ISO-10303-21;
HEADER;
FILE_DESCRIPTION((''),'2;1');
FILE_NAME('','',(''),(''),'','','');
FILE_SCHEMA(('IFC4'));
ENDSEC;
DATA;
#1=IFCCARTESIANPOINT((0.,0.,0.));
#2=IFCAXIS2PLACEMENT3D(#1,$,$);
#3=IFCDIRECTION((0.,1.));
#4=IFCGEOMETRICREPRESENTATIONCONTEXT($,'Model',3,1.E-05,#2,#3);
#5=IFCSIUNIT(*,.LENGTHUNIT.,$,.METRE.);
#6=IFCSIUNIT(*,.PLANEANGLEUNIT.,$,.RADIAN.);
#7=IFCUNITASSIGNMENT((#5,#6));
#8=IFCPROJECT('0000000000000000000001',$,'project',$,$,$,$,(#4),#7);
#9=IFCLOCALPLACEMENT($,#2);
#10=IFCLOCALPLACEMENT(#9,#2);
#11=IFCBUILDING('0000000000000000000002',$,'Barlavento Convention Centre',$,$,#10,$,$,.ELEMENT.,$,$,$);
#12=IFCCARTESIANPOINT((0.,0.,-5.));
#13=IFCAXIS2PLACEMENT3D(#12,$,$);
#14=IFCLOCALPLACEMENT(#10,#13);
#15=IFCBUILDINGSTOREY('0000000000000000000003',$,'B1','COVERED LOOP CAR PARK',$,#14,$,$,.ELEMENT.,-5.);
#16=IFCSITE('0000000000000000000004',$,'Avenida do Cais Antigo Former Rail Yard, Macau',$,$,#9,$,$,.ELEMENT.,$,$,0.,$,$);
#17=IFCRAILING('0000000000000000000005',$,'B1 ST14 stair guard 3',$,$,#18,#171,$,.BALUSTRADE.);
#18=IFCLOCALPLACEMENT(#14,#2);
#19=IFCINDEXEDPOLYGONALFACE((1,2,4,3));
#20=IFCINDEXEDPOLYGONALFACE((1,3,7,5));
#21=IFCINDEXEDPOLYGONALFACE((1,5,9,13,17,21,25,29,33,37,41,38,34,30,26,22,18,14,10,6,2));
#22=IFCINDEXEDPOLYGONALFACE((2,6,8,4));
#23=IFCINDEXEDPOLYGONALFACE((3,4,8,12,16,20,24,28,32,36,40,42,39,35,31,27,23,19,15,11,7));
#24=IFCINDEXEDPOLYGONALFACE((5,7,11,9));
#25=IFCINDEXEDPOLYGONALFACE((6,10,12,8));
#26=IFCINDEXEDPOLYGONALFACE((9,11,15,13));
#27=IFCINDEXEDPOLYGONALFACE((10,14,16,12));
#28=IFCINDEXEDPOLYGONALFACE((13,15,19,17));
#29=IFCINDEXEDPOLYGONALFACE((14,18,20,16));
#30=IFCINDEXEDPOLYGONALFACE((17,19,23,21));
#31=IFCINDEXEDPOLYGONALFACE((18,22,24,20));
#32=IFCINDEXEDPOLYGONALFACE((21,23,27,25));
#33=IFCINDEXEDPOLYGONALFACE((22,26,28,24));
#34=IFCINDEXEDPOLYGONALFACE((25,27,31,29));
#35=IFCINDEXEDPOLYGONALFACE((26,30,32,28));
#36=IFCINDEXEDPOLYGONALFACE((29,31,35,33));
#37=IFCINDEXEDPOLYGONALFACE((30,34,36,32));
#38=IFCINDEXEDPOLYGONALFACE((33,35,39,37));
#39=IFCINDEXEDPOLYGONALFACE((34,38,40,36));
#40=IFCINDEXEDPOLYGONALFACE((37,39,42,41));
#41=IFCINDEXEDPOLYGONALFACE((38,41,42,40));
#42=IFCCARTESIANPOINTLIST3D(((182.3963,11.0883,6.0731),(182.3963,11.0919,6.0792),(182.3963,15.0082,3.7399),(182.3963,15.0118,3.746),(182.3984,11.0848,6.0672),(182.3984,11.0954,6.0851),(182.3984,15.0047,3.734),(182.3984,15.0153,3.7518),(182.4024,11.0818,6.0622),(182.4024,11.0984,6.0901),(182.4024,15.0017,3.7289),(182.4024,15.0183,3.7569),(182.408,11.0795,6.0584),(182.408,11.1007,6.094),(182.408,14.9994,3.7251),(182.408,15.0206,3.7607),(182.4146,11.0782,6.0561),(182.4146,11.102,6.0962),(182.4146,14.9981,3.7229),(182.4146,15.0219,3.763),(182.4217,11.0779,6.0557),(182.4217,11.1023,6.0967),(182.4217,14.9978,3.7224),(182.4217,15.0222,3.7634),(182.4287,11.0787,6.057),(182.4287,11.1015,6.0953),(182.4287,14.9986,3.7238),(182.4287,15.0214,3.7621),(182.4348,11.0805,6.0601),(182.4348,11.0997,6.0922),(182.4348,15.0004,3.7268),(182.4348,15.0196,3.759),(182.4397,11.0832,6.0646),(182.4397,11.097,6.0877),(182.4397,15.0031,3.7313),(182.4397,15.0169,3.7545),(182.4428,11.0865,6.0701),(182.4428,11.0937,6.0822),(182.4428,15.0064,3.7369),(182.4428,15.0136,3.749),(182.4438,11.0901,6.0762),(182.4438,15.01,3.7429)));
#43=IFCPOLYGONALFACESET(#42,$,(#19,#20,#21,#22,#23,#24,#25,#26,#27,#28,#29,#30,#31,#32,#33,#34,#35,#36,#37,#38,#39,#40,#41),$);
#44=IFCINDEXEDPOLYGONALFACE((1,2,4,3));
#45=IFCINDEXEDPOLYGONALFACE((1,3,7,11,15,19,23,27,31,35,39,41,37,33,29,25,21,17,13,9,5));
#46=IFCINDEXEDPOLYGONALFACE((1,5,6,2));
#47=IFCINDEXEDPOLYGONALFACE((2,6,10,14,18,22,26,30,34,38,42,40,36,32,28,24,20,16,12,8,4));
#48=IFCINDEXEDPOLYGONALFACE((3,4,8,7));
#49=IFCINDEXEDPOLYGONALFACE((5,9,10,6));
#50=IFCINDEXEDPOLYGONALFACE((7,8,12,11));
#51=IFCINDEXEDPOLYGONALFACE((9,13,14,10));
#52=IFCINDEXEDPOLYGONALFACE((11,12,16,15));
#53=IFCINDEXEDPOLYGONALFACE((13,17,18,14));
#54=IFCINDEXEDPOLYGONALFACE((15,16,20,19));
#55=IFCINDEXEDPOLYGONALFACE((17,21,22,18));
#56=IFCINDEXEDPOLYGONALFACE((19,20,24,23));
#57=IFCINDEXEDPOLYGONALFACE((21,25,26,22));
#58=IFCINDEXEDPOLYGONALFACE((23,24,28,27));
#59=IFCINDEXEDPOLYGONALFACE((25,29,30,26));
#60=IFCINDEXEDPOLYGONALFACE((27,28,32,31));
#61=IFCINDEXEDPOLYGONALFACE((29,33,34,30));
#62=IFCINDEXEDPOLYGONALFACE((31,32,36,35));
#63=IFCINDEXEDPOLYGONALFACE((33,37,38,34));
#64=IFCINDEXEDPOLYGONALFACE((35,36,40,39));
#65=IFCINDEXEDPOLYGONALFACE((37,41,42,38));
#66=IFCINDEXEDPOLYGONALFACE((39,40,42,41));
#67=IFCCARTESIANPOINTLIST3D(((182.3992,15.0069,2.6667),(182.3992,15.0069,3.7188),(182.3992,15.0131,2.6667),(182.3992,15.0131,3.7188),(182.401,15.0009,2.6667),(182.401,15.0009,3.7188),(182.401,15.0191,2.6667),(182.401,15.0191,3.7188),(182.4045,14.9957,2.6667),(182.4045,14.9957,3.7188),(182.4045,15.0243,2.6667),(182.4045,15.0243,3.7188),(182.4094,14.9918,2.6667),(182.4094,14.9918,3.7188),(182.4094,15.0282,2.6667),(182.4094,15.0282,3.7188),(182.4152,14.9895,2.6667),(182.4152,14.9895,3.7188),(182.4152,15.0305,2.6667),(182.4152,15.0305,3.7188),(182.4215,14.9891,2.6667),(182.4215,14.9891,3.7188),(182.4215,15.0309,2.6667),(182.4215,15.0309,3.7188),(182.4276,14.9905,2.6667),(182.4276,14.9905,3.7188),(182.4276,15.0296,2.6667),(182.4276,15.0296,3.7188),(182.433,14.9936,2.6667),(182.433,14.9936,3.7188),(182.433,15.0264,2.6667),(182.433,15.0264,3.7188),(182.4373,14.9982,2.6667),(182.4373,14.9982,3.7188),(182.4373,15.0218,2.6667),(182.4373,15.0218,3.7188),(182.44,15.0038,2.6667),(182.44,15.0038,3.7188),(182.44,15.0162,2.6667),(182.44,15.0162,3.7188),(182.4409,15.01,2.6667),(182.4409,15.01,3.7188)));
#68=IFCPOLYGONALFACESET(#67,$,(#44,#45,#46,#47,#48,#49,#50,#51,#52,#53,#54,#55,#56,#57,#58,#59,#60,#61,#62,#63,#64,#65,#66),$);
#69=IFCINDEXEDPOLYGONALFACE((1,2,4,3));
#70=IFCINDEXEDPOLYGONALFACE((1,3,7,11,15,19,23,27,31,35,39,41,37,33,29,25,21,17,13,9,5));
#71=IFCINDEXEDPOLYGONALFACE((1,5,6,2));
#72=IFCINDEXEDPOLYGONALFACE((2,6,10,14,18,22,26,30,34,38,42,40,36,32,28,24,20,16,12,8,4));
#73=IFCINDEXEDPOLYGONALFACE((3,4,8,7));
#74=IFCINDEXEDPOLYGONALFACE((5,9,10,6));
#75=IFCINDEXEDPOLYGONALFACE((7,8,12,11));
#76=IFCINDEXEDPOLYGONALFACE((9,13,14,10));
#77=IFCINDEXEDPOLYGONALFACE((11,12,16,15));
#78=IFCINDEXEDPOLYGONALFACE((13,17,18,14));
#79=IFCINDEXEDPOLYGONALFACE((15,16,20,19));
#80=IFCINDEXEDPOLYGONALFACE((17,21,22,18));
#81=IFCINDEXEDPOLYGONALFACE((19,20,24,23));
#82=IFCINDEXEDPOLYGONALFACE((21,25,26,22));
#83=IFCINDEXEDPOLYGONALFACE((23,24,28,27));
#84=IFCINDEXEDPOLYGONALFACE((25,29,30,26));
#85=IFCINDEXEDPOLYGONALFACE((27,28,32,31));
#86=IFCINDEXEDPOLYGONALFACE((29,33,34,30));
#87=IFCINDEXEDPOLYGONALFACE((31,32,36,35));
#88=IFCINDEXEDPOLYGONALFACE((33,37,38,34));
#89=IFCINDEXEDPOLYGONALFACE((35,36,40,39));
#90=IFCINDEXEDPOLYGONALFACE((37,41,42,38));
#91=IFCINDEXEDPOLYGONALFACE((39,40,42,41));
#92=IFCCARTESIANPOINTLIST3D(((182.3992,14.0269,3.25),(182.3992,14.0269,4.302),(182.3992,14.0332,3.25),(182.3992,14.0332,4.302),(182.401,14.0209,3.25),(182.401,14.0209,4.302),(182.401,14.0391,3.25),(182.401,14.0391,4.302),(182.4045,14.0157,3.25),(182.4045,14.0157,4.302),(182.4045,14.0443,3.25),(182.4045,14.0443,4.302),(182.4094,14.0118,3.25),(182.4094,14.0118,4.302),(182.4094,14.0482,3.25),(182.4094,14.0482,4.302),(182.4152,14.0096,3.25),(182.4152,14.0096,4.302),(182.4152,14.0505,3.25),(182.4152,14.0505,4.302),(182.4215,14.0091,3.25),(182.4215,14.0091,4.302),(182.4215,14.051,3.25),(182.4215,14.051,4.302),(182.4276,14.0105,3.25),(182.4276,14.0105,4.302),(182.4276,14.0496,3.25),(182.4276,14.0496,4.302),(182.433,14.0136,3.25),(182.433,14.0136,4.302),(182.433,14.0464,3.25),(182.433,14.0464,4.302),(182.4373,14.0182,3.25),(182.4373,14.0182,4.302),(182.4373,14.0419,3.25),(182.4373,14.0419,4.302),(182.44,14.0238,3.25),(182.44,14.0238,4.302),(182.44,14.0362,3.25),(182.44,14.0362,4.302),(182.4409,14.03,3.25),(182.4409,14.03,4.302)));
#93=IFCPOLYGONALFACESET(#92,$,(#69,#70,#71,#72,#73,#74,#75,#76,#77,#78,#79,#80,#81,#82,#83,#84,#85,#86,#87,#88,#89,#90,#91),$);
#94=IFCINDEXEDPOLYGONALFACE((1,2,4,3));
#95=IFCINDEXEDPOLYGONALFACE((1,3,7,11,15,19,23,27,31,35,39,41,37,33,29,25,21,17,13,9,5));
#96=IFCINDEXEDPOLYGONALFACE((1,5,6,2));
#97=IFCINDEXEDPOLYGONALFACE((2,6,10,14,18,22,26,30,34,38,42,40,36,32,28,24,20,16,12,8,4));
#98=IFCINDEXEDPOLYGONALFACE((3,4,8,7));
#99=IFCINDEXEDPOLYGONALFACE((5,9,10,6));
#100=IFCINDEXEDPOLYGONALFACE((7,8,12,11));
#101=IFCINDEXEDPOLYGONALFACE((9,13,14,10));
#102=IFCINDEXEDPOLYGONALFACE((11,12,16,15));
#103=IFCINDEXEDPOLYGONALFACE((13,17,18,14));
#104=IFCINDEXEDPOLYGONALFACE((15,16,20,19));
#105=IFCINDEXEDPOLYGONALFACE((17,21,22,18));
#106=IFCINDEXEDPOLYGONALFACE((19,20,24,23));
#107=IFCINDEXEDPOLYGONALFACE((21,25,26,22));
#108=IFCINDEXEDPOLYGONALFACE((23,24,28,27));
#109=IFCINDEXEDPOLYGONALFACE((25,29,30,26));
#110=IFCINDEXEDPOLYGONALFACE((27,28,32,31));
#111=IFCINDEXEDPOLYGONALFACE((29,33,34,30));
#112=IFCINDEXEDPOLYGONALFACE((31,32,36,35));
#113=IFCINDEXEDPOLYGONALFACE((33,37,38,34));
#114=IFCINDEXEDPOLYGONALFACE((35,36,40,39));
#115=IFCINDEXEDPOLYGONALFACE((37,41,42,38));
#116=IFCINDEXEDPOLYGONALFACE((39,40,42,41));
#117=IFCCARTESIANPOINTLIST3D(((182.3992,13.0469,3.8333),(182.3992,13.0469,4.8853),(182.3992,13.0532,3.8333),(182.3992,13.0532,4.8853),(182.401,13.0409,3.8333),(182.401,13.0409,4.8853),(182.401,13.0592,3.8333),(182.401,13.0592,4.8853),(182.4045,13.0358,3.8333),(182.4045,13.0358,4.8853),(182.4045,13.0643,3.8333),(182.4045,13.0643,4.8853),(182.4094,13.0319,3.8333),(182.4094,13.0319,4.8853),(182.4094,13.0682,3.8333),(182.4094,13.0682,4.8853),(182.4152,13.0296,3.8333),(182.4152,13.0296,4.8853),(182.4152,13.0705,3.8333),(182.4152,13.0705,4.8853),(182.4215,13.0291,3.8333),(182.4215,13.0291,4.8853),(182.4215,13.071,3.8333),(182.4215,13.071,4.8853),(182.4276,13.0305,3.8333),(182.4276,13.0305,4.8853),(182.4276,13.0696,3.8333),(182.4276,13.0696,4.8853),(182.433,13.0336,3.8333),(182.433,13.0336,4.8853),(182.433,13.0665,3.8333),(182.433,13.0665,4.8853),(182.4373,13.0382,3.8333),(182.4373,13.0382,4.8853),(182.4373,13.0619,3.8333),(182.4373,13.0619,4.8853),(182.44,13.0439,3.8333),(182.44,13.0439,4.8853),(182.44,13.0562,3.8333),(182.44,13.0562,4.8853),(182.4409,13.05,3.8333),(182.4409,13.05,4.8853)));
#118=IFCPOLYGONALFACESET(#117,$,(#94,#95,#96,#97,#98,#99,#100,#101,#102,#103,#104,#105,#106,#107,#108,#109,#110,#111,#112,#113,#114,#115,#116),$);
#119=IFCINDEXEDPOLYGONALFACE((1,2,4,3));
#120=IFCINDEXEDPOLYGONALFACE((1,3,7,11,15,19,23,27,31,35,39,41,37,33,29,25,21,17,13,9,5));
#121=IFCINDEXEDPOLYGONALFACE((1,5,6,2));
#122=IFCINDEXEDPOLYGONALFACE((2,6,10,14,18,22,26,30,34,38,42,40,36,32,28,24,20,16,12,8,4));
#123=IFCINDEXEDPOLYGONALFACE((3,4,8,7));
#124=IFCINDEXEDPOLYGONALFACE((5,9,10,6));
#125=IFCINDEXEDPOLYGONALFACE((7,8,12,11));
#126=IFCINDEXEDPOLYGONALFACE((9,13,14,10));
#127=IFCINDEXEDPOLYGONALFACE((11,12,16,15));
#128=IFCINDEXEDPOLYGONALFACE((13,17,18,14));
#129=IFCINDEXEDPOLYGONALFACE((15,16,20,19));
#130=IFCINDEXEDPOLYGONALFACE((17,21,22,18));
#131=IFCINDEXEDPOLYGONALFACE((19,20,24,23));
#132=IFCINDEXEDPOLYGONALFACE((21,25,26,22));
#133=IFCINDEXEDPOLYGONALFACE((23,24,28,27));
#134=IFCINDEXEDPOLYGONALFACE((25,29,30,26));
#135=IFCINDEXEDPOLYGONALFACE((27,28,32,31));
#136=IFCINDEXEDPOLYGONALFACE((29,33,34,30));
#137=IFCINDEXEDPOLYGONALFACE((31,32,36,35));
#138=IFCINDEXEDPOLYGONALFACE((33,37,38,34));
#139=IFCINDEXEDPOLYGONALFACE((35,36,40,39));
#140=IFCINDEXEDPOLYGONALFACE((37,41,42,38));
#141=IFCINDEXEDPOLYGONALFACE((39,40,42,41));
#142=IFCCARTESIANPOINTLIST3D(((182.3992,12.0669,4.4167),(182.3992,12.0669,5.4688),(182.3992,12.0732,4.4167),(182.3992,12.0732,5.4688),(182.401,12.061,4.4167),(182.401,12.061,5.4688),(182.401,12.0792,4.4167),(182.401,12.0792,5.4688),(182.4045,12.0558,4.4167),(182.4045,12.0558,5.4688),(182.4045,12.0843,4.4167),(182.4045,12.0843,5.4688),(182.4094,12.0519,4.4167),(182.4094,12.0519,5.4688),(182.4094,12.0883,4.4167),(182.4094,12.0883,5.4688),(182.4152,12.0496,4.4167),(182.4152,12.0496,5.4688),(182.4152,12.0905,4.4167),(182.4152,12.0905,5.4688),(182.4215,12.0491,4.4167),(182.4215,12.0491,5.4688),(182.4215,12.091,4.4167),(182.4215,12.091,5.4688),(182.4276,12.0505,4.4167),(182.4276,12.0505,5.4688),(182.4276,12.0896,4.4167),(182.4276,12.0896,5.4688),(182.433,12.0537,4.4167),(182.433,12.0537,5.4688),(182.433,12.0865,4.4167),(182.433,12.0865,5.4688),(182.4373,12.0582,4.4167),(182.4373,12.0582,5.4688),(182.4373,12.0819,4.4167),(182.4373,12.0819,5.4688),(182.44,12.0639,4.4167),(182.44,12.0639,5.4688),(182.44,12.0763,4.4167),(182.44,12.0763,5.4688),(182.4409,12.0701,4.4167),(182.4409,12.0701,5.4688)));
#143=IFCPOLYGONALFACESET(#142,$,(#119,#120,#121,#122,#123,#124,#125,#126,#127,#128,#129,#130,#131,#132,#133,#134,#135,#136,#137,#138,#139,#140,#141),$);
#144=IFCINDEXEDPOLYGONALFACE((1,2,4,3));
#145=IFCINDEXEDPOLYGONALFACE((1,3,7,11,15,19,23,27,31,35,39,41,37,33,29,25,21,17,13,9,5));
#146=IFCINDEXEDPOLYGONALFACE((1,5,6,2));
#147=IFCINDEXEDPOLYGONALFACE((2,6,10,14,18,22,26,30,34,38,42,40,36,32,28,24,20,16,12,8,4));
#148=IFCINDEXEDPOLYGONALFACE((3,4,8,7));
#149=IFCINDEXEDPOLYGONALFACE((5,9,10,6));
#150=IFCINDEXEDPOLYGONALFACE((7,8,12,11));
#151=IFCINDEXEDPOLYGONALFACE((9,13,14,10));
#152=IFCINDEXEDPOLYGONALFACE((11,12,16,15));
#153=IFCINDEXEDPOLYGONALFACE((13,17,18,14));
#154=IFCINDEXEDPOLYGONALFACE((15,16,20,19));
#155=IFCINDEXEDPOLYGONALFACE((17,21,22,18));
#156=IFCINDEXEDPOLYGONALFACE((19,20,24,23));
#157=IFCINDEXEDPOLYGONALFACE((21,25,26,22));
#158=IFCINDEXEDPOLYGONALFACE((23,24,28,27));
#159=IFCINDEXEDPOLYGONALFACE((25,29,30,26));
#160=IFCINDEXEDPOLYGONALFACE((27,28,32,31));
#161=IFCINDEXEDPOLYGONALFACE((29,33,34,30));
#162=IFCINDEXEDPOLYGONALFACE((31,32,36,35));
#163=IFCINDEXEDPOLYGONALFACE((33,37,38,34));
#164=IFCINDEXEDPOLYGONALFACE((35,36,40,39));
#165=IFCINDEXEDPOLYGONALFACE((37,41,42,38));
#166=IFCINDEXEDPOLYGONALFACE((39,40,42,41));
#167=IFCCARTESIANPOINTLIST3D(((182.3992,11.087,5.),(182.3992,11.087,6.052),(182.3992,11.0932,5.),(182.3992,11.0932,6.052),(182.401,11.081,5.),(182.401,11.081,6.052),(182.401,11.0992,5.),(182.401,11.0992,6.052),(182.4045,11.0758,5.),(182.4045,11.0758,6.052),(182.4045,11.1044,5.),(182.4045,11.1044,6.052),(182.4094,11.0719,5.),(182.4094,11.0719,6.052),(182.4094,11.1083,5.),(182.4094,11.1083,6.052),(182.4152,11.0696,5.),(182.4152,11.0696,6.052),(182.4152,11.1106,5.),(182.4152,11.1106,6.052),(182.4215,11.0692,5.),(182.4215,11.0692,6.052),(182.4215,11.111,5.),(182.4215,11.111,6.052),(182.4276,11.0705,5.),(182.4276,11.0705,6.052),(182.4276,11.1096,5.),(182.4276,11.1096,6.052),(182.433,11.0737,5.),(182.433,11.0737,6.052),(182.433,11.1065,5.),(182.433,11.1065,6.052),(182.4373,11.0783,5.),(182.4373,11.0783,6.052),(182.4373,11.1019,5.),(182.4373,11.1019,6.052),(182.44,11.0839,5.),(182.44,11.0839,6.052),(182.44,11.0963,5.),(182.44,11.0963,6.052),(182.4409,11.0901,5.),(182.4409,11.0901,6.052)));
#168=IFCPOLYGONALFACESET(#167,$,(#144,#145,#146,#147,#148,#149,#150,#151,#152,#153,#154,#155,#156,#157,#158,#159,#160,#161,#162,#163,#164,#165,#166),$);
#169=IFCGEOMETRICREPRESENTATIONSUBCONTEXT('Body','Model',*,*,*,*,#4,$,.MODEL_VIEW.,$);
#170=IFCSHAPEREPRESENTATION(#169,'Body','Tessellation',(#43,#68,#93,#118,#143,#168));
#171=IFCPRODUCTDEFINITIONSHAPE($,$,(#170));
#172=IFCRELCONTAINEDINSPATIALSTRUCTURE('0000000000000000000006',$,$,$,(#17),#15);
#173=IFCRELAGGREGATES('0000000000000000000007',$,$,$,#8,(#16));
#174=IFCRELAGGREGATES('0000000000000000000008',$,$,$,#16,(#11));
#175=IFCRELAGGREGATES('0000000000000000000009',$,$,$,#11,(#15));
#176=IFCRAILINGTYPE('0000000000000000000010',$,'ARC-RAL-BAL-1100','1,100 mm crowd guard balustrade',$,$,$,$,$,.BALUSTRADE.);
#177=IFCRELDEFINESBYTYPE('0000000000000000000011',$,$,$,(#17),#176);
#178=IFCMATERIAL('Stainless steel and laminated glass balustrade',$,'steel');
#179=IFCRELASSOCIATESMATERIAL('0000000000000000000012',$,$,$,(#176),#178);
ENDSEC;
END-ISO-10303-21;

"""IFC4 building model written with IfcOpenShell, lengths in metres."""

from ifc_helpers import new_model, si_unit, direction, frame, origin, origin_2d, place, context, subcontext, project, spatial, circle, extrude, material, type_object, element, save


model = new_model("IFC4")

# Units and contexts
model_context = context("Model", 3, precision=1e-05, world=origin(), true_north=direction((0.0, 1.0)))
body_context = subcontext(model_context, "Body", "Model", "MODEL_VIEW")
ifc_project = project(units=[si_unit("LENGTHUNIT", "METRE"), si_unit("PLANEANGLEUNIT", "RADIAN")], contexts=[model_context])

# Site, building, storey
site_placement = place(None, origin())
site = spatial("IfcSite", under=ifc_project, at=site_placement, Name="Avenida do Cais Antigo Former Rail Yard, Macau", CompositionType="ELEMENT", RefElevation=0.0)
building_placement = place(site_placement, origin())
building = spatial("IfcBuilding", under=site, at=building_placement, Name="Barlavento Convention Centre", CompositionType="ELEMENT")
storey_placement = place(building_placement, frame((0.0, 0.0, -5.0)))
storey = spatial("IfcBuildingStorey", under=building, at=storey_placement, Name="B1", Description="COVERED LOOP CAR PARK", CompositionType="ELEMENT", Elevation=-5.0)

# Railing
ifc_material_1 = material(Name="Stainless steel and laminated glass balustrade", Category="steel")
railing_type_1 = type_object("IfcRailingType", Name="ARC-RAL-BAL-1100", Description="1,100 mm crowd guard balustrade", PredefinedType="BALUSTRADE", material=ifc_material_1)
railing_1_placement = place(storey_placement, frame((182.4199, 15.01, 2.6667)))
element("IfcRailing", 1, at=railing_1_placement, inside=storey, type_object=railing_type_1, Name="B1 ST14 stair guard 3", PredefinedType="BALUSTRADE", context=body_context, shape_type="SweptSolid", body=[
    extrude(circle(Radius=0.0239, at=origin_2d()), frame((0.0, 0.0, 1.0762), z_axis=(0.0, -0.859296, 0.511478), x_axis=(1.0, 0.0, 0.0)), (0.0, 0.0, 1.0), 4.5618),
    extrude(circle(Radius=0.021, at=origin_2d()), origin(), (0.0, 0.0, 1.0), 1.052),
    extrude(circle(Radius=0.021, at=origin_2d()), frame((0.0, -0.98, 0.5833)), (0.0, 0.0, 1.0), 1.052),
    extrude(circle(Radius=0.021, at=origin_2d()), frame((0.0, -1.96, 1.1665)), (0.0, 0.0, 1.0), 1.052),
    extrude(circle(Radius=0.021, at=origin_2d()), frame((0.0, -2.9399, 1.75)), (0.0, 0.0, 1.0), 1.052),
    extrude(circle(Radius=0.021, at=origin_2d()), frame((0.0, -3.9199, 2.3333)), (0.0, 0.0, 1.0), 1.052),
])

save(model, "model.ifc")
